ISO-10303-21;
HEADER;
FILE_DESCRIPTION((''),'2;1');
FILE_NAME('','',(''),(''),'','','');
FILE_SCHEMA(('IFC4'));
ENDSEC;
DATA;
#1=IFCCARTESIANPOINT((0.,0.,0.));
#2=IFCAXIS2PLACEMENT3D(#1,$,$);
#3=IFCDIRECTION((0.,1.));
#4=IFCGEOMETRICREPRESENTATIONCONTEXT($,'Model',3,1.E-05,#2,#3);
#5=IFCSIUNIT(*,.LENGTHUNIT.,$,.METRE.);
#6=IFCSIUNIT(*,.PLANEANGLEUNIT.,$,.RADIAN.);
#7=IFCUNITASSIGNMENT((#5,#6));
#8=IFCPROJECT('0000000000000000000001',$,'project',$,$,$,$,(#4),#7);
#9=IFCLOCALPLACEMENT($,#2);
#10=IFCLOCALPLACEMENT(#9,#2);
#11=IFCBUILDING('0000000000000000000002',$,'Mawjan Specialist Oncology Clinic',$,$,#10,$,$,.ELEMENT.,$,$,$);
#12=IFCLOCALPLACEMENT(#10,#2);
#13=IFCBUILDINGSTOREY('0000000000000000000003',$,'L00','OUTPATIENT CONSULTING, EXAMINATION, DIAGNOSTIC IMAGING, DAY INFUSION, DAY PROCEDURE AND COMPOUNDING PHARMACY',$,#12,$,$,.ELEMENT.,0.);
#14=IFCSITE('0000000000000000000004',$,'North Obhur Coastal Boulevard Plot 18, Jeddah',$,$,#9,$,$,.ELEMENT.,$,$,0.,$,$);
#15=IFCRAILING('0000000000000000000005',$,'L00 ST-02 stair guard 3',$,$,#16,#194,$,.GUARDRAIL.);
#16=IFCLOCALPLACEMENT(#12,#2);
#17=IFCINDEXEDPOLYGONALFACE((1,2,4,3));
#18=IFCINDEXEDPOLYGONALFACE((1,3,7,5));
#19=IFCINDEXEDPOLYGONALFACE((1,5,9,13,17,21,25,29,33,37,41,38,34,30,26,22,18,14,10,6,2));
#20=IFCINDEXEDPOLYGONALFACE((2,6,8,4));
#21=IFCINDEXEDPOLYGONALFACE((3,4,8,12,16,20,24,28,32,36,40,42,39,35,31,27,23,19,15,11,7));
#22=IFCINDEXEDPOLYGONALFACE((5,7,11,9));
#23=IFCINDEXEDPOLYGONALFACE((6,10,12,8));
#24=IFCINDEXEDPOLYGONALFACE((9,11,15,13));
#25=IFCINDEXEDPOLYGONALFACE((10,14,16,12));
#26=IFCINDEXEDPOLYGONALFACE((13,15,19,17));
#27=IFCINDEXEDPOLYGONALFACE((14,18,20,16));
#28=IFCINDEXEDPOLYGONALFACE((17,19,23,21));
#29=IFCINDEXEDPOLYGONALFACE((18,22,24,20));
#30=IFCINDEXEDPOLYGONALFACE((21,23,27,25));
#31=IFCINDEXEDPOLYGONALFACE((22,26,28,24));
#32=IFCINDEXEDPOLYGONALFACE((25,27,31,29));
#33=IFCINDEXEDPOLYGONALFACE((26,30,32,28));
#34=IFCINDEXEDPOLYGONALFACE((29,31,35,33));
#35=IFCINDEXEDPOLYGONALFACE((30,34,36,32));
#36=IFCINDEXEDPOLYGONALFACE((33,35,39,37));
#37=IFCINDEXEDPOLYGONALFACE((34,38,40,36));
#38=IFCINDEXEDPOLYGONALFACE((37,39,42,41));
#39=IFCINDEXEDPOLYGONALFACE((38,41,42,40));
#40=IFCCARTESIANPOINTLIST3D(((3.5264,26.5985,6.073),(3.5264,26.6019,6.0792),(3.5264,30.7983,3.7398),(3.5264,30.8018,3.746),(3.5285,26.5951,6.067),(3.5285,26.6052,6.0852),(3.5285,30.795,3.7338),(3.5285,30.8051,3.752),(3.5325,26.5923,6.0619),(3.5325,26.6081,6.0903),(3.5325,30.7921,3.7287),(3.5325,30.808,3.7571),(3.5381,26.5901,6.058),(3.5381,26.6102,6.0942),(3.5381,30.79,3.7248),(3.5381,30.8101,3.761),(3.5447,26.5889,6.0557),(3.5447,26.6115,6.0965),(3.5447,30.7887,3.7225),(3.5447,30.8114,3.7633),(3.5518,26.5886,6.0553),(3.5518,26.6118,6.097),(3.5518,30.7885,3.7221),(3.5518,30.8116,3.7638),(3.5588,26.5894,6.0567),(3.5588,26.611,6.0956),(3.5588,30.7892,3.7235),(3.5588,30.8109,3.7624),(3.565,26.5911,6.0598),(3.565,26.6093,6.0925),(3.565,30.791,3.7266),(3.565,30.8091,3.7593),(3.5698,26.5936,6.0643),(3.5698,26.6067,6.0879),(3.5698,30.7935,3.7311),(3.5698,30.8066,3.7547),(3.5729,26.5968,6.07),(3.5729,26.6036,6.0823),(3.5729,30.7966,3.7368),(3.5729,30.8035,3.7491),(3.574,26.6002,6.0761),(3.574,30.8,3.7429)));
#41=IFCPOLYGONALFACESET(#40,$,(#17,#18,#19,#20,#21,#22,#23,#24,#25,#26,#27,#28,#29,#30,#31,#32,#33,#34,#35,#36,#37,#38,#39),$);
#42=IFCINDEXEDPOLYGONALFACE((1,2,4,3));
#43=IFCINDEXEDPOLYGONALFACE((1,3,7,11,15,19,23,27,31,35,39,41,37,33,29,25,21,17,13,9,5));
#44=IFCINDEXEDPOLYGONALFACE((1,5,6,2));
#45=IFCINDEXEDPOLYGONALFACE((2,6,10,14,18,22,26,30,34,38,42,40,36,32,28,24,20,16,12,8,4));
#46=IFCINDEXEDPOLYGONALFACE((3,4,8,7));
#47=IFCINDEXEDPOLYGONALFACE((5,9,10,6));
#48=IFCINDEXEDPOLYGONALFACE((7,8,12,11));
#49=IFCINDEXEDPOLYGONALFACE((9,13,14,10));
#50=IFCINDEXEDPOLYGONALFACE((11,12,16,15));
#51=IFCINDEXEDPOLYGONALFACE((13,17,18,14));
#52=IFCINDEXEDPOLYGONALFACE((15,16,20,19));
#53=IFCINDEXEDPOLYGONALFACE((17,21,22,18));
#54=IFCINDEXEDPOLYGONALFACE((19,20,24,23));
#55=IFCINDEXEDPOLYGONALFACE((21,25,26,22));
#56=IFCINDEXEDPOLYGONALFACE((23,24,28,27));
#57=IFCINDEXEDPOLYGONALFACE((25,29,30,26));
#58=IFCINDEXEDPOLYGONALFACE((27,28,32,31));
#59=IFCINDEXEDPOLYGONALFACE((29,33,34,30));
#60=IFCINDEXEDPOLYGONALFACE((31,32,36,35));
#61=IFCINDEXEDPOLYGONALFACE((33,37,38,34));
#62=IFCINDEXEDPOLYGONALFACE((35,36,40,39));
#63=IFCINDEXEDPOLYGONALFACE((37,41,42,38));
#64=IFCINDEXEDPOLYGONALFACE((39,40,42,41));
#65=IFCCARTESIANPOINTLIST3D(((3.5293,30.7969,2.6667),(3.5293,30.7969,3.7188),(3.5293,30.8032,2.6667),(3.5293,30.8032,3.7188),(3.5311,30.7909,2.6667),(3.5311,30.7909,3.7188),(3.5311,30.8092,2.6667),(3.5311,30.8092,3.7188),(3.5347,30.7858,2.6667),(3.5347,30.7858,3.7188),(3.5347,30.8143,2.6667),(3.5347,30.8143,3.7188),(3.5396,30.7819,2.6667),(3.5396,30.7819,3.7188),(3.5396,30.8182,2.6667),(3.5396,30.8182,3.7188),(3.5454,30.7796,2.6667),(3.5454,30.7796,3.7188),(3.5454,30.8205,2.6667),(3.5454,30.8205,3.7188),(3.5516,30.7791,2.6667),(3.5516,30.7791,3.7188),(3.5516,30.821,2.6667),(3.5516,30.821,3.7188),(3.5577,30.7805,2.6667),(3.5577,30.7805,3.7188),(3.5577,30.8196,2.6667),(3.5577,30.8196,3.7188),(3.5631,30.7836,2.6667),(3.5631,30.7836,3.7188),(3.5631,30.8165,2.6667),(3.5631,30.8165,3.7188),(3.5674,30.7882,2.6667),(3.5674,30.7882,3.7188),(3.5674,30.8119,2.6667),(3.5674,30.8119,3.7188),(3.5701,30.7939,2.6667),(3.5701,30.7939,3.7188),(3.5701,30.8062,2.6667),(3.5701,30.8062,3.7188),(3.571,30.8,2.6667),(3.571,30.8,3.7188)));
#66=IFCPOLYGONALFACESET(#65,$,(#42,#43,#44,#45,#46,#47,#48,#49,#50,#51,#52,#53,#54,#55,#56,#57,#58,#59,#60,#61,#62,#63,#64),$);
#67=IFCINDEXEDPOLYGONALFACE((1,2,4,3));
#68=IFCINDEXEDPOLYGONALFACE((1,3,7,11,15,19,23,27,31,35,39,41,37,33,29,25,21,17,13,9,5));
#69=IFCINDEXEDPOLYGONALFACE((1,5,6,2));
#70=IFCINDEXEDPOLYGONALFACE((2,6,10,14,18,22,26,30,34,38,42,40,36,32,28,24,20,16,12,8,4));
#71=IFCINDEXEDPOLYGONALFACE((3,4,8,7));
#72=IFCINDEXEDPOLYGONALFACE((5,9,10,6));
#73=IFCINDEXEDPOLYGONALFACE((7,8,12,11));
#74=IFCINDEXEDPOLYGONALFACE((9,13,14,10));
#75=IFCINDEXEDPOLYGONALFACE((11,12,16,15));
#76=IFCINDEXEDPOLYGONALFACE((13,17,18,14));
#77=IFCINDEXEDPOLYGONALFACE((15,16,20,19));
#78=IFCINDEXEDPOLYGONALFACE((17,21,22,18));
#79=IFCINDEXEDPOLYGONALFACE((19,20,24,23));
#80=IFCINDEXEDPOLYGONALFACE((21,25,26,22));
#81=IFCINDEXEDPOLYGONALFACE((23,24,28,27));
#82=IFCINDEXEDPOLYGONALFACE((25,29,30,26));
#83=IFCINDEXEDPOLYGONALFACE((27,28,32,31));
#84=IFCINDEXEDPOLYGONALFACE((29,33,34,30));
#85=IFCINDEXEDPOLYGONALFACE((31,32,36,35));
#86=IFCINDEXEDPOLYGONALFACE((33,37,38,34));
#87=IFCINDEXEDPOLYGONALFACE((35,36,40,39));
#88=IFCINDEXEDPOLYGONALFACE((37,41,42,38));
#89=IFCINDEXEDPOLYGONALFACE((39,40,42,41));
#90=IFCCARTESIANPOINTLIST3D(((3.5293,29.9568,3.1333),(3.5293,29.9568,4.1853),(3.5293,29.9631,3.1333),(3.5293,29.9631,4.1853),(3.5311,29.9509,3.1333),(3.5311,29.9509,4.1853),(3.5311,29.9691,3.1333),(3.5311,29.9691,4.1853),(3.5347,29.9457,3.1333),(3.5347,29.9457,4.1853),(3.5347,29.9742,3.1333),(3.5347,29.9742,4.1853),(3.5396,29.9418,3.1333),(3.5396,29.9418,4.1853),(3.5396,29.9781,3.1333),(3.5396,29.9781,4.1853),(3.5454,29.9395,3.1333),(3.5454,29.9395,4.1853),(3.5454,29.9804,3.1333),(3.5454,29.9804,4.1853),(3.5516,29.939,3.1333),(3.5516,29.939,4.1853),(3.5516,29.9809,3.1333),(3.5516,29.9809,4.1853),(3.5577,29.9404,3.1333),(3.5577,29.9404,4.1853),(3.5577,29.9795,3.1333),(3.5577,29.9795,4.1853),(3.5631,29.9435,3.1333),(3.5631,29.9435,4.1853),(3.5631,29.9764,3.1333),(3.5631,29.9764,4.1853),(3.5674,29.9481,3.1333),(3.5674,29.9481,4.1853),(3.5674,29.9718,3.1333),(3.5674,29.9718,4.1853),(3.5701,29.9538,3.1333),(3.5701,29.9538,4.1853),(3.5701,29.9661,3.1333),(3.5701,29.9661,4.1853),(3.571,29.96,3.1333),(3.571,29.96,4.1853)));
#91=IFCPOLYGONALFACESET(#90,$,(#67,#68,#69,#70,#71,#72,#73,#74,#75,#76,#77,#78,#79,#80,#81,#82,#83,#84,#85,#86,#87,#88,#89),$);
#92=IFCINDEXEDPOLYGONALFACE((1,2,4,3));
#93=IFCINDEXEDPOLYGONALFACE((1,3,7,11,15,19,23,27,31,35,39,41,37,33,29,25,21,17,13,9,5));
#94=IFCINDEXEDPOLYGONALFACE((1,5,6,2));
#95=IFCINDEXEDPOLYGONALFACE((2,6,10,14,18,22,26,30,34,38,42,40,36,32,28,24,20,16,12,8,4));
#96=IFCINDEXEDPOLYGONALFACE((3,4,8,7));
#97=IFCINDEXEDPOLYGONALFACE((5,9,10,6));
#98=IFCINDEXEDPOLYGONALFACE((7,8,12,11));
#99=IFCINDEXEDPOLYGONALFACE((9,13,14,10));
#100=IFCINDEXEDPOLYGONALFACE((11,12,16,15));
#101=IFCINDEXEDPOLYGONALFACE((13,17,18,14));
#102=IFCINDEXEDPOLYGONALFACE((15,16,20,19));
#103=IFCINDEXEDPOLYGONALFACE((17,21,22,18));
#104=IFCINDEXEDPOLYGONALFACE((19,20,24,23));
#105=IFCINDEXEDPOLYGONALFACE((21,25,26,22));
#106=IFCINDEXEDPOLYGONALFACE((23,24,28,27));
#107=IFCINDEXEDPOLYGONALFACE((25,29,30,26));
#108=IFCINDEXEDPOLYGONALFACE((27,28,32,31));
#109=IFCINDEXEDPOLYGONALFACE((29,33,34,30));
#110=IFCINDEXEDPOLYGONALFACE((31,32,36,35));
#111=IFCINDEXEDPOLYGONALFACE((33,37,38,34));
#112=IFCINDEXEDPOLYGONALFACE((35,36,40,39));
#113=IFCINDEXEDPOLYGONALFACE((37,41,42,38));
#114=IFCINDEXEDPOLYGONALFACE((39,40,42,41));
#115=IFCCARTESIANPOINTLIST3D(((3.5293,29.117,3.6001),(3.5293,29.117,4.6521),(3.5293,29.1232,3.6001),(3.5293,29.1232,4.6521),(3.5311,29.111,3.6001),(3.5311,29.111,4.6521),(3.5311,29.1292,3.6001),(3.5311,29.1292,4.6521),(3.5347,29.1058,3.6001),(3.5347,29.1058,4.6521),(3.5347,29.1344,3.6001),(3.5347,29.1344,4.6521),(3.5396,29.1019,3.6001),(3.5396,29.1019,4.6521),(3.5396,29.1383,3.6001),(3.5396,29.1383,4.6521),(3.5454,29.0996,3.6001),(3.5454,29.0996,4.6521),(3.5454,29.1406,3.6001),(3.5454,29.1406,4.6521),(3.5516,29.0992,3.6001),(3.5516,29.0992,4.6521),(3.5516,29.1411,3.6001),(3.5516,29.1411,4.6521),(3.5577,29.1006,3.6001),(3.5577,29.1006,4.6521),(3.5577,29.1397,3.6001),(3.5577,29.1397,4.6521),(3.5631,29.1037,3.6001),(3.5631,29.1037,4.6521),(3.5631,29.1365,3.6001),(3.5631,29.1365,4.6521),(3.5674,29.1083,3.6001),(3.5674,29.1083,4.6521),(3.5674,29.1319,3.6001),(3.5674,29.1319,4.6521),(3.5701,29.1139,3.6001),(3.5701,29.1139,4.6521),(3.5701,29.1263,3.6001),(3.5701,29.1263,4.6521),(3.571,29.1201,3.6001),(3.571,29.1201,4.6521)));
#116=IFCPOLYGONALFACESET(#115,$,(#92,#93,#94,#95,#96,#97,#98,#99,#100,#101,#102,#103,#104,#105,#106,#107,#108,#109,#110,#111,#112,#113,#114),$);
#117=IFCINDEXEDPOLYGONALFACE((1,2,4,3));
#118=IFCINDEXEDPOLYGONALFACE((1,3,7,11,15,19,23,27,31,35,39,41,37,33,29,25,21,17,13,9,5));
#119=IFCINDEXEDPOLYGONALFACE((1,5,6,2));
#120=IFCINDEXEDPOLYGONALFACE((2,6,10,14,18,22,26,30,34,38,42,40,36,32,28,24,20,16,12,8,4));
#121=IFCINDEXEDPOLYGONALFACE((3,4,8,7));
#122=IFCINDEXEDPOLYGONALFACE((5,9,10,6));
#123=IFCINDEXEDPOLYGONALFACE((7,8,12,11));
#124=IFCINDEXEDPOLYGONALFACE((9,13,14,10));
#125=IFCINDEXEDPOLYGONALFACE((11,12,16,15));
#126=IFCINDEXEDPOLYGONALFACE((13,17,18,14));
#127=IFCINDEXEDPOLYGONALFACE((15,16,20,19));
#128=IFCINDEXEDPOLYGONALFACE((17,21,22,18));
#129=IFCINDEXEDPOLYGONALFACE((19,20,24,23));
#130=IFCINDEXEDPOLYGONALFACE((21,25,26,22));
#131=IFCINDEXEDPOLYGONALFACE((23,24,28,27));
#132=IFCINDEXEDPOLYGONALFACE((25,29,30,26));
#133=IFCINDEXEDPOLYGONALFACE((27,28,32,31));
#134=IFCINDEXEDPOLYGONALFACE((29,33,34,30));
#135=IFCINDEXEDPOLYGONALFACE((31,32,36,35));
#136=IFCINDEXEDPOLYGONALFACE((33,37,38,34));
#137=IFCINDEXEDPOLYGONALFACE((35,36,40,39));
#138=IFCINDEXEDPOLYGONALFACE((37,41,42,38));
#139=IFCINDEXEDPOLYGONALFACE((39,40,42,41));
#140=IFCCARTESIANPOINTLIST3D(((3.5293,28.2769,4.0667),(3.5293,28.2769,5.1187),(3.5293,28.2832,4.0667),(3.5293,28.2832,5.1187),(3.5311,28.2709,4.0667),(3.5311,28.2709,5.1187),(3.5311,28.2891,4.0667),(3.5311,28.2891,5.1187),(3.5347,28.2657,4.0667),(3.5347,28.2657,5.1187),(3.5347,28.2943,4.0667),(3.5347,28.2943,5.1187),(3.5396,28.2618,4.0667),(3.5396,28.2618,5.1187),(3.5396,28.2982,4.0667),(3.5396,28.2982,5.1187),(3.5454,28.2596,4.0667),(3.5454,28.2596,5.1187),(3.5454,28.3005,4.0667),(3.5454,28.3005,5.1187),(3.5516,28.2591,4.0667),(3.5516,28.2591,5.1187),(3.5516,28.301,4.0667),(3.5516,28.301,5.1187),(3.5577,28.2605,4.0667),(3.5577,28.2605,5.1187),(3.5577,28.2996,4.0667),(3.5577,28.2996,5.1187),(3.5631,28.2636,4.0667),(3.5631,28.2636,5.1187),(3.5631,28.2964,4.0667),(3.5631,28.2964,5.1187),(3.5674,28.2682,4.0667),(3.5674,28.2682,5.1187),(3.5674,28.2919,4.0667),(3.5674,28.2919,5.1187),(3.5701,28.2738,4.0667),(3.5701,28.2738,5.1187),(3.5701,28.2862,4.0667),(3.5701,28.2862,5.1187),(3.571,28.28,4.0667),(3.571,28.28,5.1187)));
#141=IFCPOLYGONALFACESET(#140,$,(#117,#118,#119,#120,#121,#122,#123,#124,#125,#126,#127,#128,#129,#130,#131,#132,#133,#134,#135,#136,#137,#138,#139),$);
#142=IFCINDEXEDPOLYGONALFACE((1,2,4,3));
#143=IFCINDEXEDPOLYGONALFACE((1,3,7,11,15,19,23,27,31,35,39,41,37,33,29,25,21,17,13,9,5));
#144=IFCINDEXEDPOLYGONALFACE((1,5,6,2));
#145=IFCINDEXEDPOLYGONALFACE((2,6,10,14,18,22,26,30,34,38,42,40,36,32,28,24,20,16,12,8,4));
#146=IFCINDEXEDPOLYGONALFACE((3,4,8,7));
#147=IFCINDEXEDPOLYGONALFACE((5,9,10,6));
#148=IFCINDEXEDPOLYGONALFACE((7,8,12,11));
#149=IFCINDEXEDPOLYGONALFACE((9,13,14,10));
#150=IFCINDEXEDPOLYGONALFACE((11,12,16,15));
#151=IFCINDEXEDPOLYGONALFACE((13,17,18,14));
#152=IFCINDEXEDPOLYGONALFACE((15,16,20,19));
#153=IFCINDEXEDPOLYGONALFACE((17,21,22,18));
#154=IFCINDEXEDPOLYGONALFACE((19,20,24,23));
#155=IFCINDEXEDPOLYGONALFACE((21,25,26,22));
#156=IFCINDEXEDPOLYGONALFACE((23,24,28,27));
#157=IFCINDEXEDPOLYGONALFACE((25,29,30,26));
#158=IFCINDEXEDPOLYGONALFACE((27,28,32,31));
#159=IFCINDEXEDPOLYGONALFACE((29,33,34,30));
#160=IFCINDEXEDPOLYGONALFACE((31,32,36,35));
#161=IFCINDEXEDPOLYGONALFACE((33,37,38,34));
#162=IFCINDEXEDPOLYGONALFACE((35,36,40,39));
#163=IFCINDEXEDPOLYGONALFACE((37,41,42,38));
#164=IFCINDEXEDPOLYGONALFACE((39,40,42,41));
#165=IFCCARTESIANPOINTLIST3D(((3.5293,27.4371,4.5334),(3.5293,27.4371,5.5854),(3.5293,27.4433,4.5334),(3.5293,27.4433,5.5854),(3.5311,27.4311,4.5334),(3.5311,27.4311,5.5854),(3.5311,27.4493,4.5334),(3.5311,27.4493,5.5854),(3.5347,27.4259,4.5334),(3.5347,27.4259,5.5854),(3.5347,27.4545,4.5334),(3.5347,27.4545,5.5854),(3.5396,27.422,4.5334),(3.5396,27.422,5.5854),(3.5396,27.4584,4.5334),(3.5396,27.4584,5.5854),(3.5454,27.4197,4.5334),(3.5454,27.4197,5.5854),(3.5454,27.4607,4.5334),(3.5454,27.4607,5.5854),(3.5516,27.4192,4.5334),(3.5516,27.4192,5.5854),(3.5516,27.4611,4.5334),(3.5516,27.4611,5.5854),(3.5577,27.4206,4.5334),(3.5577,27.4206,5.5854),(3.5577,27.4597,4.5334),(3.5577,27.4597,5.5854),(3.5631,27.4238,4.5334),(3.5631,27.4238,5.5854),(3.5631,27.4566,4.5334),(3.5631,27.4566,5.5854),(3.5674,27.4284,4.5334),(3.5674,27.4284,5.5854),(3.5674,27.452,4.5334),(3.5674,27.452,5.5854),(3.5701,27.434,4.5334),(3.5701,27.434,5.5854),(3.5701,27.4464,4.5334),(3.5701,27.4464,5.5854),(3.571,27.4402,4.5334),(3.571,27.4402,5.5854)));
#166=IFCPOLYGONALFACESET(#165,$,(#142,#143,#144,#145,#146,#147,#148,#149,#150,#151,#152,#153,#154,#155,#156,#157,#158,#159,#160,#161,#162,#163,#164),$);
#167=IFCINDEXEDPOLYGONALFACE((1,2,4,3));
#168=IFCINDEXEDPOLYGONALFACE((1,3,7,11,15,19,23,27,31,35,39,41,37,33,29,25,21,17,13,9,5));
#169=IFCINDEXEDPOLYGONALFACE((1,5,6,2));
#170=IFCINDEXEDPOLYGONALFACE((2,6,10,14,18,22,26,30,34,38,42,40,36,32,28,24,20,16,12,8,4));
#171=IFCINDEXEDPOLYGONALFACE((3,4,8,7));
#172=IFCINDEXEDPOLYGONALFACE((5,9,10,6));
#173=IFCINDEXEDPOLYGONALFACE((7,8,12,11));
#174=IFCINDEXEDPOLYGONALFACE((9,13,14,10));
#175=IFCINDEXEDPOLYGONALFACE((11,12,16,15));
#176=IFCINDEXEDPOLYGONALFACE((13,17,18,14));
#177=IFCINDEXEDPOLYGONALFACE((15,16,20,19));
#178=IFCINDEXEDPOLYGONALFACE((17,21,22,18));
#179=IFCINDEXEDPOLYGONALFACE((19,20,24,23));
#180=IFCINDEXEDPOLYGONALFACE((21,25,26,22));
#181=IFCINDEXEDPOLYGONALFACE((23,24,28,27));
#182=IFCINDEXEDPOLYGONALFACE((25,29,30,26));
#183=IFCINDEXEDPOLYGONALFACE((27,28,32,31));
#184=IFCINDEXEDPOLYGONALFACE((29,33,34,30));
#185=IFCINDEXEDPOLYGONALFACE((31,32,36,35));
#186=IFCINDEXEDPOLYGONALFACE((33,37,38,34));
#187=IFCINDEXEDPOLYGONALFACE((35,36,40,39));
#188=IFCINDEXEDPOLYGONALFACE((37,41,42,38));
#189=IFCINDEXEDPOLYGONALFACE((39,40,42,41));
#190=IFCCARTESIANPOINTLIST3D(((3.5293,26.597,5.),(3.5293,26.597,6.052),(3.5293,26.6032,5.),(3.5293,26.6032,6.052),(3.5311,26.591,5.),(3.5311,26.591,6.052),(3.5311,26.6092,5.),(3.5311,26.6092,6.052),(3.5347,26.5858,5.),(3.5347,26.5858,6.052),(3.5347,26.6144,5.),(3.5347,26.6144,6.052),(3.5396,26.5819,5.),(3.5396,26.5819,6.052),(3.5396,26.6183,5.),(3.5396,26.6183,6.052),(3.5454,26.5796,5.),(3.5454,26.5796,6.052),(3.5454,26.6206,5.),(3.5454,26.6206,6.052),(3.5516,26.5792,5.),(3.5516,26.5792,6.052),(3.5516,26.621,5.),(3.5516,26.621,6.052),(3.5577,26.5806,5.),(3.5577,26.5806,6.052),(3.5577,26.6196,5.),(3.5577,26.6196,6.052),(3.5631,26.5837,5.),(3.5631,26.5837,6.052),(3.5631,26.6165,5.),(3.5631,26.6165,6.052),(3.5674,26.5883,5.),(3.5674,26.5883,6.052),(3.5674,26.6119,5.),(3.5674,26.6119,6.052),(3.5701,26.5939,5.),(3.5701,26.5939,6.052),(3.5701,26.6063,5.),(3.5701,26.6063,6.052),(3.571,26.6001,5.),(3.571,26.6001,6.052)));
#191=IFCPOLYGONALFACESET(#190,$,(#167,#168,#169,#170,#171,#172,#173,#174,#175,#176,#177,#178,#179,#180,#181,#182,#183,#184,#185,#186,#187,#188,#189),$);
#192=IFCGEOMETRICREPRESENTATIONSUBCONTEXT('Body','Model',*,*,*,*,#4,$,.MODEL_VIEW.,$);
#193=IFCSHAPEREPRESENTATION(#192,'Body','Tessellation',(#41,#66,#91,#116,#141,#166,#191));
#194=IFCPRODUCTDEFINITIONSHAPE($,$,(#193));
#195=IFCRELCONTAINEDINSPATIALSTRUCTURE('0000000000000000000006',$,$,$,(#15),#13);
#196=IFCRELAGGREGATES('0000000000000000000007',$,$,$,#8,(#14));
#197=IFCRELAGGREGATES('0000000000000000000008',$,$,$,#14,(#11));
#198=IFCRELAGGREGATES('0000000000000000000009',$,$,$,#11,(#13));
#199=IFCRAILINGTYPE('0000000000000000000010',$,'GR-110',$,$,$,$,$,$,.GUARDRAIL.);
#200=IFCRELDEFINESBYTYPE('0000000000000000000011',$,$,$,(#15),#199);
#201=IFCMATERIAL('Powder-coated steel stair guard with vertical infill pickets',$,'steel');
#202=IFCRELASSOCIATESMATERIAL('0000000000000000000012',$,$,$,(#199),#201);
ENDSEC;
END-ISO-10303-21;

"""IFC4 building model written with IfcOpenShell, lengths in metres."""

from ifc_helpers import new_model, si_unit, direction, frame, origin, origin_2d, place, context, subcontext, project, spatial, circle, extrude, material, type_object, element, save


model = new_model("IFC4")

# Units and contexts
model_context = context("Model", 3, precision=1e-05, world=origin(), true_north=direction((0.0, 1.0)))
body_context = subcontext(model_context, "Body", "Model", "MODEL_VIEW")
ifc_project = project(units=[si_unit("LENGTHUNIT", "METRE"), si_unit("PLANEANGLEUNIT", "RADIAN")], contexts=[model_context])

# Site, building, storey
site_placement = place(None, origin())
site = spatial("IfcSite", under=ifc_project, at=site_placement, Name="North Obhur Coastal Boulevard Plot 18, Jeddah", CompositionType="ELEMENT", RefElevation=0.0)
building_placement = place(site_placement, origin())
building = spatial("IfcBuilding", under=site, at=building_placement, Name="Mawjan Specialist Oncology Clinic", CompositionType="ELEMENT")
storey_placement = place(building_placement, origin())
storey = spatial("IfcBuildingStorey", under=building, at=storey_placement, Name="L00", Description="OUTPATIENT CONSULTING, EXAMINATION, DIAGNOSTIC IMAGING, DAY INFUSION, DAY PROCEDURE AND COMPOUNDING PHARMACY", CompositionType="ELEMENT", Elevation=0.0)

# Railing
ifc_material_1 = material(Name="Powder-coated steel stair guard with vertical infill pickets", Category="steel")
railing_type_1 = type_object("IfcRailingType", Name="GR-110", PredefinedType="GUARDRAIL", material=ifc_material_1)
railing_1_placement = place(storey_placement, frame((3.55, 30.8, 2.6667)))
element("IfcRailing", 1, at=railing_1_placement, inside=storey, type_object=railing_type_1, Name="L00 ST-02 stair guard 3", PredefinedType="GUARDRAIL", context=body_context, shape_type="SweptSolid", body=[
    extrude(circle(Radius=0.0239, at=origin_2d()), frame((0.0, 0.0, 1.0762), z_axis=(0.0, -0.874162, 0.485634), x_axis=(1.0, 0.0, 0.0)), (0.0, 0.0, 1.0), 4.8044),
    extrude(circle(Radius=0.021, at=origin_2d()), origin(), (0.0, 0.0, 1.0), 1.052),
    extrude(circle(Radius=0.021, at=origin_2d()), frame((0.0, -0.8401, 0.4666)), (0.0, 0.0, 1.0), 1.052),
    extrude(circle(Radius=0.021, at=origin_2d()), frame((0.0, -1.6799, 0.9333)), (0.0, 0.0, 1.0), 1.052),
    extrude(circle(Radius=0.021, at=origin_2d()), frame((0.0, -2.52, 1.3999)), (0.0, 0.0, 1.0), 1.052),
    extrude(circle(Radius=0.021, at=origin_2d()), frame((0.0, -3.3599, 1.8667)), (0.0, 0.0, 1.0), 1.052),
    extrude(circle(Radius=0.021, at=origin_2d()), frame((0.0, -4.2, 2.3333)), (0.0, 0.0, 1.0), 1.052),
])

save(model, "model.ifc")
